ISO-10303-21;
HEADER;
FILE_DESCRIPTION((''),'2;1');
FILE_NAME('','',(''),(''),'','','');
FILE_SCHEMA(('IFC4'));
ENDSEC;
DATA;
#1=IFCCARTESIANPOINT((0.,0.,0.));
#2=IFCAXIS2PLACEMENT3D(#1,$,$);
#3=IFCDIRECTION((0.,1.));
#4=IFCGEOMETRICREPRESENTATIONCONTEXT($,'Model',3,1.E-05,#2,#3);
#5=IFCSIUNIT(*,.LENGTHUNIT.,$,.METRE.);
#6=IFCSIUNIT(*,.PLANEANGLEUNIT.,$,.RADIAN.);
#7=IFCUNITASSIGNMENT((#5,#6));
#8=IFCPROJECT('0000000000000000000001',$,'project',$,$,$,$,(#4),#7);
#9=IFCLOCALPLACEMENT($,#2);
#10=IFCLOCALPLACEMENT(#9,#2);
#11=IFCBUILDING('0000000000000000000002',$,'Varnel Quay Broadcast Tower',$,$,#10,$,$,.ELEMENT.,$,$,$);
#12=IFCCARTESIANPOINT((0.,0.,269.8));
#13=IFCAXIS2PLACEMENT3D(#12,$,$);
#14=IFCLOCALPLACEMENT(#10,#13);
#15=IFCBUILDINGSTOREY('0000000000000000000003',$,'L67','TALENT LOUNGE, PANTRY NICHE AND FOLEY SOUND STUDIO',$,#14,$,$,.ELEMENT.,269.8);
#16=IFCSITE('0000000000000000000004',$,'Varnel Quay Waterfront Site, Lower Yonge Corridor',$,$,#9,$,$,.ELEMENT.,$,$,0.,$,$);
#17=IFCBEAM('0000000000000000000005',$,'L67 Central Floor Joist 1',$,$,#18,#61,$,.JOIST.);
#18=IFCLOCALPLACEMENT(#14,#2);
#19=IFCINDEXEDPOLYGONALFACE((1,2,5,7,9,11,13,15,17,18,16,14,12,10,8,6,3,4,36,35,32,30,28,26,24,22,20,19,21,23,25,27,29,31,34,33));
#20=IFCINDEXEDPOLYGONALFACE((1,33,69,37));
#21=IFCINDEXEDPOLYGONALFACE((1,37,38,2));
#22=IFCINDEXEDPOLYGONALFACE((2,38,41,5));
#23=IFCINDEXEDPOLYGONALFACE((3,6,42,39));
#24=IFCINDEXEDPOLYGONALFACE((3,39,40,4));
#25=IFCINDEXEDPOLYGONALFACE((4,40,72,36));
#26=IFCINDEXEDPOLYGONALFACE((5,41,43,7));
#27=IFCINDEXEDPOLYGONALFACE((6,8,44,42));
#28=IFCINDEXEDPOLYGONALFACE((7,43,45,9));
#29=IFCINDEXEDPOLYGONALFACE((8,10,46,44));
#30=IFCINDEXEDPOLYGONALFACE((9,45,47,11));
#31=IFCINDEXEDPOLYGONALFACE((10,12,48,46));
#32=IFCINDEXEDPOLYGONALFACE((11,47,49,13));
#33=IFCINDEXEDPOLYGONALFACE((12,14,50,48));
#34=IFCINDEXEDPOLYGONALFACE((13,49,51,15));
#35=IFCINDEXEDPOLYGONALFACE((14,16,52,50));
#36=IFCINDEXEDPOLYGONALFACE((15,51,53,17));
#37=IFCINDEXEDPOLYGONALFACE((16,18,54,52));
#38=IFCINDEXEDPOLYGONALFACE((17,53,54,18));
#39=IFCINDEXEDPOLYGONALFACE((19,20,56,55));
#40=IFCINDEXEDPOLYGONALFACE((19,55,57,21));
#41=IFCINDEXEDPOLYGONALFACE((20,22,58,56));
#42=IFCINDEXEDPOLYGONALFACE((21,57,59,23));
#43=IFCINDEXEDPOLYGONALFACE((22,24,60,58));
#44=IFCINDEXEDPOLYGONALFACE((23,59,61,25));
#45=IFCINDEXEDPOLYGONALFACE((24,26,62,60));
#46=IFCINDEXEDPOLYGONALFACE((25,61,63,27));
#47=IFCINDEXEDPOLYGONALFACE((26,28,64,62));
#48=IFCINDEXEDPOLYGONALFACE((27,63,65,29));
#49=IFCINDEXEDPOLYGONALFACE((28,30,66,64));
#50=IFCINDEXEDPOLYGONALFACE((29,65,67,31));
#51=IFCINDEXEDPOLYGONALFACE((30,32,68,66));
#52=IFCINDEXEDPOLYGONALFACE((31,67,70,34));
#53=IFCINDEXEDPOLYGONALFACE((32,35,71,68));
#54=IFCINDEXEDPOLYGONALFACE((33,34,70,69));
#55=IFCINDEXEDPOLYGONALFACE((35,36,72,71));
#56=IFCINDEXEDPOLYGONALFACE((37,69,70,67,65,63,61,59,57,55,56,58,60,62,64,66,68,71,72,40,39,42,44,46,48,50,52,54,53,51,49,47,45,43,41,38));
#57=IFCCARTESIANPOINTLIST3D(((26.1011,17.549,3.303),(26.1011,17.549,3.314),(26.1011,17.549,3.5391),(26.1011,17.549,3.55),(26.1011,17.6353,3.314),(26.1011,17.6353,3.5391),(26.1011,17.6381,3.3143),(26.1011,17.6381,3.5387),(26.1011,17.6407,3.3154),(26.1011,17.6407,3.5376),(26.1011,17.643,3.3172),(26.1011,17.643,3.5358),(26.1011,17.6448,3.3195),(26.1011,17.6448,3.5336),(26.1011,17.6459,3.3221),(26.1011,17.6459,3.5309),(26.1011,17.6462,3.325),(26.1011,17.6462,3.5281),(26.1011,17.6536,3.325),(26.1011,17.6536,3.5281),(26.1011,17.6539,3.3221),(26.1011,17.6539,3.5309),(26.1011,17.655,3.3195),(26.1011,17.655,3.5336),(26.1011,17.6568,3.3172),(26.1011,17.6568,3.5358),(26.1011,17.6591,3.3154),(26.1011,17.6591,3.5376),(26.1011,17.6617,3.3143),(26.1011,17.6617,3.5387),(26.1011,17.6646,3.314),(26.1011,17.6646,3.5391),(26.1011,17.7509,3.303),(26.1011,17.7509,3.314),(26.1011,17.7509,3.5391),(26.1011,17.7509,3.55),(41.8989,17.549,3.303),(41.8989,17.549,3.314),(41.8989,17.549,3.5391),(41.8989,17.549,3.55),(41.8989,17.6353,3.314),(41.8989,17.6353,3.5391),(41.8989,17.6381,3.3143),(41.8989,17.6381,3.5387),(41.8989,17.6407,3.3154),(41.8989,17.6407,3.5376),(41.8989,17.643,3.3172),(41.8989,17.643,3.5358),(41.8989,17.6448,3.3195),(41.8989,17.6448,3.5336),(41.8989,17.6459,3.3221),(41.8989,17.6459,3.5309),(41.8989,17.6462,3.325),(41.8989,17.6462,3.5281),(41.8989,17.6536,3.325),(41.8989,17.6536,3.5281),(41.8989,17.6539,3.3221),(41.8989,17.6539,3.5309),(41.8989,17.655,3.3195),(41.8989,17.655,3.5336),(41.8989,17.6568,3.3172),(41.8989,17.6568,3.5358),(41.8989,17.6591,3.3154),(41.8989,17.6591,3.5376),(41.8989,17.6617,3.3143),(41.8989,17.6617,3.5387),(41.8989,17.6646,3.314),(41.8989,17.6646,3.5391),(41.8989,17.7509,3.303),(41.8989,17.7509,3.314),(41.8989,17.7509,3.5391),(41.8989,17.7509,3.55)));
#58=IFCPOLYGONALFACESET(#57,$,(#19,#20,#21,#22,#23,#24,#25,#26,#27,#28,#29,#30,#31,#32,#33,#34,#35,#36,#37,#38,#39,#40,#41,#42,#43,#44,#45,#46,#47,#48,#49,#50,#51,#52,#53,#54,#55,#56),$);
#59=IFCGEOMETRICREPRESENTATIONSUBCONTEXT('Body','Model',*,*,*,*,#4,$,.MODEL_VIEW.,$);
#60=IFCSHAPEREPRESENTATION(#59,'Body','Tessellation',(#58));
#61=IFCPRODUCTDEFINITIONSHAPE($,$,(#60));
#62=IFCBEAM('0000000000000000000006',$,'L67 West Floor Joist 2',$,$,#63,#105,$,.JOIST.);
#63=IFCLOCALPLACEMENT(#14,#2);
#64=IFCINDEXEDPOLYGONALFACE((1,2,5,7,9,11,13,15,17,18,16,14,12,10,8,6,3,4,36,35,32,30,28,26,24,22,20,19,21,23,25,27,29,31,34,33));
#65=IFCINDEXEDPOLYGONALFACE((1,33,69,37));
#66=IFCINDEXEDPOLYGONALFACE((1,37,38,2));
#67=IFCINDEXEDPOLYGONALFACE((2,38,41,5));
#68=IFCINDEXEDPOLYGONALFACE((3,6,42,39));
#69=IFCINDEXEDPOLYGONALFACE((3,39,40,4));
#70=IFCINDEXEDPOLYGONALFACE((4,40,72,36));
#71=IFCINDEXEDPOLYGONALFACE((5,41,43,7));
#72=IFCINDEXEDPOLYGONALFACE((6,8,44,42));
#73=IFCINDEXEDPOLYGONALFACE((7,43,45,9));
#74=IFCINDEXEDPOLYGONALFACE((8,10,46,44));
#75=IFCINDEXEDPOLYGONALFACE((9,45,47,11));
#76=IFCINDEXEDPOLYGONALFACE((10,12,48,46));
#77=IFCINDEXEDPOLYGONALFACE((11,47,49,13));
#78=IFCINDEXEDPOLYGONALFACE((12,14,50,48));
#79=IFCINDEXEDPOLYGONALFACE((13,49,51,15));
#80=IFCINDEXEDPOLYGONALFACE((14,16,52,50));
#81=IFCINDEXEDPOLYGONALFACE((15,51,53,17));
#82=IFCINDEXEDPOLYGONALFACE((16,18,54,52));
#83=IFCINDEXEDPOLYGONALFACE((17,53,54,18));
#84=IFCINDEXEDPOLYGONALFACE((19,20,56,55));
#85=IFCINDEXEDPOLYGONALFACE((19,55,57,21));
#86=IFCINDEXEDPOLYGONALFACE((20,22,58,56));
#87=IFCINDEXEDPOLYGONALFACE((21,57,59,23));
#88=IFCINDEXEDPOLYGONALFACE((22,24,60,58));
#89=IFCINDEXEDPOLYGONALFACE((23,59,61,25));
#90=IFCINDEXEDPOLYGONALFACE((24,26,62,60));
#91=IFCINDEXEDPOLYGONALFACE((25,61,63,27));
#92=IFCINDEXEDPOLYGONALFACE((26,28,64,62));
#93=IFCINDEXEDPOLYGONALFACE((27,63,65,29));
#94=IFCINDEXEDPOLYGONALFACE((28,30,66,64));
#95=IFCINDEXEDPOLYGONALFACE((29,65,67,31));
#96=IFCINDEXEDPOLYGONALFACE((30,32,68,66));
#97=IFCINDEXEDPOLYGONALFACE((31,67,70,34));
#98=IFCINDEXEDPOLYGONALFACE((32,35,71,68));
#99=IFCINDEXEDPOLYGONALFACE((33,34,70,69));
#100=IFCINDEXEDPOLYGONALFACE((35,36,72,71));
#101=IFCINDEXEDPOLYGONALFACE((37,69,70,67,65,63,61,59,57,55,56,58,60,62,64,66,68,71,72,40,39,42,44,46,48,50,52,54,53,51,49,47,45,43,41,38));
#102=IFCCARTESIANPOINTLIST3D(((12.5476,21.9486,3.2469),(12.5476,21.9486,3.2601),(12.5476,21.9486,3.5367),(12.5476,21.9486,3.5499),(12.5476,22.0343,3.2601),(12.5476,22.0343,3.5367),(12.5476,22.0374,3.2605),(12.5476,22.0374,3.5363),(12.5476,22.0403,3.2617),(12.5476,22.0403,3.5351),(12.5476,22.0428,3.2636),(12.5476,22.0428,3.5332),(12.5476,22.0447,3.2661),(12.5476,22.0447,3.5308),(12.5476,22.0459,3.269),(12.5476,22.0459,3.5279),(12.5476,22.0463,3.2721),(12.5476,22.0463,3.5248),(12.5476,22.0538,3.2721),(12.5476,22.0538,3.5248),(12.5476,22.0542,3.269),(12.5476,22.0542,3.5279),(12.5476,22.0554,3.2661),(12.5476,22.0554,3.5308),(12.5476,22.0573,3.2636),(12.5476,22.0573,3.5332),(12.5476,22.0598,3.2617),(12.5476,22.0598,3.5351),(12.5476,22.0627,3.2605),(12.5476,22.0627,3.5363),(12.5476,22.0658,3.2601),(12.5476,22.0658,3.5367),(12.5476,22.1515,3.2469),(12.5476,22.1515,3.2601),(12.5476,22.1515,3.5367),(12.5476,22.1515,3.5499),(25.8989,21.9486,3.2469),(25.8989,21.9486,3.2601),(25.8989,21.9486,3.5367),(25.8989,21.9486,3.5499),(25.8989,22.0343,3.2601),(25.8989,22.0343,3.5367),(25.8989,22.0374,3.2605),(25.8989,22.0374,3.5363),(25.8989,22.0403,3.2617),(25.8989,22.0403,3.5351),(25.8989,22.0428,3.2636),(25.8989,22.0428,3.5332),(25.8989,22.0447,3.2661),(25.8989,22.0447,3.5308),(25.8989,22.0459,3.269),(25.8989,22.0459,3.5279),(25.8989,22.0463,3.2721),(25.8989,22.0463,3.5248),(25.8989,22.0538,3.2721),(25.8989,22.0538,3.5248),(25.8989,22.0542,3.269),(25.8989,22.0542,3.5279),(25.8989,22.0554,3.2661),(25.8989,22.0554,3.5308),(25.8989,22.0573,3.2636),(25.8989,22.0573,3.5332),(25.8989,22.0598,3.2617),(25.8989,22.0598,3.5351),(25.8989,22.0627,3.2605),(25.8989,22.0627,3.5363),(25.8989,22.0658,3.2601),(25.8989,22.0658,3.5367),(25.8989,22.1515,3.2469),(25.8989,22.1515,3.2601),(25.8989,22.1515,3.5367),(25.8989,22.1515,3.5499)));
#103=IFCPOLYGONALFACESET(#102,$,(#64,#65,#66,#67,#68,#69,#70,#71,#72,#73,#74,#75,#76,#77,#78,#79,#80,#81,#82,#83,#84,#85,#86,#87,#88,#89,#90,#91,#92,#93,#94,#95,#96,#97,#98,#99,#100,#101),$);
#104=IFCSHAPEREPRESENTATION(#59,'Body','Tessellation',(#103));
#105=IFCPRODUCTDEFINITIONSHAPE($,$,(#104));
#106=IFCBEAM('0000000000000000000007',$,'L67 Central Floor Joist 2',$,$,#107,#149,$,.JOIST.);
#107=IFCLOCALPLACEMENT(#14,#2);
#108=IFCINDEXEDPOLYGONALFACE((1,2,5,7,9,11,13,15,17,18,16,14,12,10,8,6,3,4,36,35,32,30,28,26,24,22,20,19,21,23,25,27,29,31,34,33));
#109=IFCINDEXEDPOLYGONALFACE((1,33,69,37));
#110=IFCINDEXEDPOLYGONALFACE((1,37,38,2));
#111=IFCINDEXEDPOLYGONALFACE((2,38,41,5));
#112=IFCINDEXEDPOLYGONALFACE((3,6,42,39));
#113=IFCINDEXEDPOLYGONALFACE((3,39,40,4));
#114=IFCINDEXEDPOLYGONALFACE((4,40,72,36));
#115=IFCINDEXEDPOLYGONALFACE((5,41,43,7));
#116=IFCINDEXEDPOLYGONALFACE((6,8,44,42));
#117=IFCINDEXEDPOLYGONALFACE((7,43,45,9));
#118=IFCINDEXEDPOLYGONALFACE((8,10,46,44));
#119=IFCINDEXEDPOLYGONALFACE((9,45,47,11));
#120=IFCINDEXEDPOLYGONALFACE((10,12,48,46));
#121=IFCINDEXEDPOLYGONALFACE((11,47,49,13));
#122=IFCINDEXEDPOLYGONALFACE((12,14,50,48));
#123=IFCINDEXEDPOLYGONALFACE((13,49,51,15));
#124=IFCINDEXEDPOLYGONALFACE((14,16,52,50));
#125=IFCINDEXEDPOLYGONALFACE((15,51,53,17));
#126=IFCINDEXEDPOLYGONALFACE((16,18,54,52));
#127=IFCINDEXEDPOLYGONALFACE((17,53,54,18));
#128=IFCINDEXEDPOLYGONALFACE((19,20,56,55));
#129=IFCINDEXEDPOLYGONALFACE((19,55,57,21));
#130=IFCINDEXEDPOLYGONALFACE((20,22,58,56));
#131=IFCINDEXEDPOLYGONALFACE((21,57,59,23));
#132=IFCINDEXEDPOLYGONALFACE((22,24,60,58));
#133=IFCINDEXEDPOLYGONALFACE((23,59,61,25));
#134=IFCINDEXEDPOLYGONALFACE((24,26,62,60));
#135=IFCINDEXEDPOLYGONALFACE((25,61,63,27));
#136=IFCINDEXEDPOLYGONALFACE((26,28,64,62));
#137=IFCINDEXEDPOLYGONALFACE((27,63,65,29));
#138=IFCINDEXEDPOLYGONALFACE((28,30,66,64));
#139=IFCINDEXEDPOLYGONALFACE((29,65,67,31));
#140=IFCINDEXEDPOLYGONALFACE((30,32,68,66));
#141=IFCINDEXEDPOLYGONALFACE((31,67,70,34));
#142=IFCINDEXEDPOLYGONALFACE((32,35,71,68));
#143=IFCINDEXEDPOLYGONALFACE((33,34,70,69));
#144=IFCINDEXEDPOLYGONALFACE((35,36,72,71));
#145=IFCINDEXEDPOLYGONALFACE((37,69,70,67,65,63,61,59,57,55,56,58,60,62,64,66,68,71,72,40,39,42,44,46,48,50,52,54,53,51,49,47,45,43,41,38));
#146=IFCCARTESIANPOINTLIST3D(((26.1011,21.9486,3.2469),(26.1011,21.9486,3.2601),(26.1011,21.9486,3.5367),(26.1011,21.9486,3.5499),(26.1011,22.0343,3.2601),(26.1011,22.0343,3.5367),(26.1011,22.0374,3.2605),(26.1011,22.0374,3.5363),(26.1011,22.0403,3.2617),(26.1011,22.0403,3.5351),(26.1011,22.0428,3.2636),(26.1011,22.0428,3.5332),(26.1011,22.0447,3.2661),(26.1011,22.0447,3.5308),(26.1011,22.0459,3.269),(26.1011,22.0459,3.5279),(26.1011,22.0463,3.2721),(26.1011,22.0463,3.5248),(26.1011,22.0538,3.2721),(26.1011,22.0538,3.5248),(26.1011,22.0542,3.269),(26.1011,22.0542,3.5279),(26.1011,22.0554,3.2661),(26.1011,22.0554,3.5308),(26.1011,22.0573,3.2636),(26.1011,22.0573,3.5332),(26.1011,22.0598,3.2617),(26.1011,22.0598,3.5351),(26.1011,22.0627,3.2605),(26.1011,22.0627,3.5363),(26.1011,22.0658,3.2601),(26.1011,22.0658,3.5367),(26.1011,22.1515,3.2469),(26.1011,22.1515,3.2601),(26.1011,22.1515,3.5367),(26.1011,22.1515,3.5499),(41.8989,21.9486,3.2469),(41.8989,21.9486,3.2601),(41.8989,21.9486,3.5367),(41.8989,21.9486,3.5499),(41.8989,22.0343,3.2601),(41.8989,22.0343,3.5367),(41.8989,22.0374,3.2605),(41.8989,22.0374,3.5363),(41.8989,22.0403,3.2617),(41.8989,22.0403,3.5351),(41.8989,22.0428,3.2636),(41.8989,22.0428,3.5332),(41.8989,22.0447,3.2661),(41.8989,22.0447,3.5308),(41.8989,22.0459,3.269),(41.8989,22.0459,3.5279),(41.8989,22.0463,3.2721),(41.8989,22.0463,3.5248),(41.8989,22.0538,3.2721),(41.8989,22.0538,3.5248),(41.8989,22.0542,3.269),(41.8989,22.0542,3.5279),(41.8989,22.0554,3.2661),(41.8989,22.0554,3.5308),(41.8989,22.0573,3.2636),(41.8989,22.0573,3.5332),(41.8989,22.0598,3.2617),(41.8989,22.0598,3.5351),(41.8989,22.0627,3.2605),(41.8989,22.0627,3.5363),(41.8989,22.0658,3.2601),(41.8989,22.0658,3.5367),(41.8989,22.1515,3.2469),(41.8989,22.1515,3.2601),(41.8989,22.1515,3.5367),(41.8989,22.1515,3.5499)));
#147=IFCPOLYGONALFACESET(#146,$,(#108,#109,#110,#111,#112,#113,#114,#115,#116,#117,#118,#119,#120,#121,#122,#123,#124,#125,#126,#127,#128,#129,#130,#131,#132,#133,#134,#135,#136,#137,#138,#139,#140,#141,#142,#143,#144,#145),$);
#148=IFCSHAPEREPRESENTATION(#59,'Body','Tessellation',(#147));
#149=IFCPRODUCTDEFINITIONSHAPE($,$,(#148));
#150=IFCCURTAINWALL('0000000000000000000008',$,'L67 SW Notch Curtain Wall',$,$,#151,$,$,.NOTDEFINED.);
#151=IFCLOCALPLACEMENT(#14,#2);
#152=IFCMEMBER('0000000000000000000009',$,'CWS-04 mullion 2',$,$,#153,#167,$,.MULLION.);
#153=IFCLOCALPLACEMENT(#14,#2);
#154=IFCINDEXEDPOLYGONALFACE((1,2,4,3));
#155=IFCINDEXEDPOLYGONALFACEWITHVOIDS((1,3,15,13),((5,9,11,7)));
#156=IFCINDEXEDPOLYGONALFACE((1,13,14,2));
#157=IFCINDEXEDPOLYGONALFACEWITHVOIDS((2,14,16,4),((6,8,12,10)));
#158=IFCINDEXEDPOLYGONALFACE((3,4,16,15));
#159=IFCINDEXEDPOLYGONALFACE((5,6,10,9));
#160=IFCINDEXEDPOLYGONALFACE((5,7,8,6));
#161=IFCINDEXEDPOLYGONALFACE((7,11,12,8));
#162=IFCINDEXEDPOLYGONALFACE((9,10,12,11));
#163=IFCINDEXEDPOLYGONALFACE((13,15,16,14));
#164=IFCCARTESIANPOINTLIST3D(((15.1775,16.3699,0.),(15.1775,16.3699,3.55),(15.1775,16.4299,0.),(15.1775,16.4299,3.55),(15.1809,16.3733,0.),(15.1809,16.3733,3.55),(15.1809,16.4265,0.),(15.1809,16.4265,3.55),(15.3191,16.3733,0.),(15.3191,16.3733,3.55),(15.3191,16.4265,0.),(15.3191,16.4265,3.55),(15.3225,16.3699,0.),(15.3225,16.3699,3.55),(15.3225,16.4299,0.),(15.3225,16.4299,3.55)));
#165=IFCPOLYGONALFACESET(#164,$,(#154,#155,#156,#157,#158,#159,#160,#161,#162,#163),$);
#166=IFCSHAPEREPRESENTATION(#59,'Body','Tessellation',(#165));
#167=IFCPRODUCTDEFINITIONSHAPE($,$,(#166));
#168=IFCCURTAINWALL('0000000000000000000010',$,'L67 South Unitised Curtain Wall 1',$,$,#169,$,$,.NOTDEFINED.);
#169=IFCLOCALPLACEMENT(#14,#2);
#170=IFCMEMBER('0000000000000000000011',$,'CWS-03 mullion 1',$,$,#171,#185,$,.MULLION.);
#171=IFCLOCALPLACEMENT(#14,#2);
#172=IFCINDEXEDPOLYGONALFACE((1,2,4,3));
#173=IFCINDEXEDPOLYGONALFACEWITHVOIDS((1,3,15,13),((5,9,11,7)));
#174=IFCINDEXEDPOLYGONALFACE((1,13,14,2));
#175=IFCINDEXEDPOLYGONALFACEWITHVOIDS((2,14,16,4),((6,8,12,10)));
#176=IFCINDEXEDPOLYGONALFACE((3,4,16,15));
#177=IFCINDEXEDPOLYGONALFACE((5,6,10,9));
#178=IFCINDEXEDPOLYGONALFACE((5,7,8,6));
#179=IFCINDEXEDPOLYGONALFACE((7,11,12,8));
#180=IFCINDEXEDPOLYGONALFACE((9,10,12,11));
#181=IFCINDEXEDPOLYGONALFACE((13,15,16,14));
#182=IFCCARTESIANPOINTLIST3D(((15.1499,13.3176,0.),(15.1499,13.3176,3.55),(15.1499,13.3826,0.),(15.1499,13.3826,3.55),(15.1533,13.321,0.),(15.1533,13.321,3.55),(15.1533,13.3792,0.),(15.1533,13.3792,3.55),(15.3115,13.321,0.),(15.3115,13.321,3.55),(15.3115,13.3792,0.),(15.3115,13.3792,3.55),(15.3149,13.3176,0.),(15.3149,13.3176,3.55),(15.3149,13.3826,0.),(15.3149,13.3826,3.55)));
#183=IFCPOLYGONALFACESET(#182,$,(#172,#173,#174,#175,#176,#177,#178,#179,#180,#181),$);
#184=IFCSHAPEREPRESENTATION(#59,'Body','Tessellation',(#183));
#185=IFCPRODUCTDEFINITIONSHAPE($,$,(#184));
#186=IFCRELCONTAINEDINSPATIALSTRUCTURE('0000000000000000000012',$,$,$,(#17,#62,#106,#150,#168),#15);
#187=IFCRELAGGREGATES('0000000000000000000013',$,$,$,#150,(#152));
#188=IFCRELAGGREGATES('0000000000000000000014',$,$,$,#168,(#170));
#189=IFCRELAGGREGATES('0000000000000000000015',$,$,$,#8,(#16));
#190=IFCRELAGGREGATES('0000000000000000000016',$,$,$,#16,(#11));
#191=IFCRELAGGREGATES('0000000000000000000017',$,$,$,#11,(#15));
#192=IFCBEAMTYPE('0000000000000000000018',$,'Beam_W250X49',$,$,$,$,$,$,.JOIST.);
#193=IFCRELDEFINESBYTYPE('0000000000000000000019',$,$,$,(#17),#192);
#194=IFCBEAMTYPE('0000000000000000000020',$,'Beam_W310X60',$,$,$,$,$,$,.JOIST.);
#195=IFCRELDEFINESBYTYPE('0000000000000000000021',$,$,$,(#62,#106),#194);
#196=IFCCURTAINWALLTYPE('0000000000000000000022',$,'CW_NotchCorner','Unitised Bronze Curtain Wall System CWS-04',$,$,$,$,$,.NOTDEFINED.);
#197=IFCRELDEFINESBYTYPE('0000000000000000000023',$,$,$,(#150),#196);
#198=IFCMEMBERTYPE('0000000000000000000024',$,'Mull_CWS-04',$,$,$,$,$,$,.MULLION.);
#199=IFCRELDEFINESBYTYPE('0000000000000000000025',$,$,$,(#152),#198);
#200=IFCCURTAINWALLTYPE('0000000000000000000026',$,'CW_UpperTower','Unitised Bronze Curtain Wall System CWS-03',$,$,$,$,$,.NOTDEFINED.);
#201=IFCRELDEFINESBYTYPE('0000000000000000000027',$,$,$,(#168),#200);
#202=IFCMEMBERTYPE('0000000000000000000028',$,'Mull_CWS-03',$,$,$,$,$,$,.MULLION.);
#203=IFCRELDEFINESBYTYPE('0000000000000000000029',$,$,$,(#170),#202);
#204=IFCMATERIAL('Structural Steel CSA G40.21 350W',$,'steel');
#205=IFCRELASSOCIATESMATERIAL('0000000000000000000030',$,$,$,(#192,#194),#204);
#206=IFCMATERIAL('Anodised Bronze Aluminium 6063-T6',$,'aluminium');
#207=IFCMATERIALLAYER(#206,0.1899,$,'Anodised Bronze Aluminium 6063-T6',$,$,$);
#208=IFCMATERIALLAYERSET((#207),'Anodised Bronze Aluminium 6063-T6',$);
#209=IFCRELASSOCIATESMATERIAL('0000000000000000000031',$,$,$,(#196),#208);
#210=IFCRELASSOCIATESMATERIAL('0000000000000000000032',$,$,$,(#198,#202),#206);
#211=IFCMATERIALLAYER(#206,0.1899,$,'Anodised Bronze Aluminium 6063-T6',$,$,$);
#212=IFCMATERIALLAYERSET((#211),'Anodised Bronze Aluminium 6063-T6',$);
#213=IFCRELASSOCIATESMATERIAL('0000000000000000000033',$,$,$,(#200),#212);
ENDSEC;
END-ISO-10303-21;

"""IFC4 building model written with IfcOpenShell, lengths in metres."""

from ifc_helpers import new_model, si_unit, direction, frame, origin, origin_2d, place, context, subcontext, project, spatial, hollow_rectangle, i_section, extrude, source, transform, mapped, material, layer, layer_set, material_profile, profile_set, type_object, type_shapes, element, aggregate, save


model = new_model("IFC4")

# Units and contexts
model_context = context("Model", 3, precision=1e-05, world=origin(), true_north=direction((0.0, 1.0)))
body_context = subcontext(model_context, "Body", "Model", "MODEL_VIEW")
ifc_project = project(units=[si_unit("LENGTHUNIT", "METRE"), si_unit("PLANEANGLEUNIT", "RADIAN")], contexts=[model_context])

# Site, building, storey
site_placement = place(None, origin())
site = spatial("IfcSite", under=ifc_project, at=site_placement, Name="Varnel Quay Waterfront Site, Lower Yonge Corridor", CompositionType="ELEMENT", RefElevation=0.0)
building_placement = place(site_placement, origin())
building = spatial("IfcBuilding", under=site, at=building_placement, Name="Varnel Quay Broadcast Tower", CompositionType="ELEMENT")
storey_placement = place(building_placement, frame((0.0, 0.0, 269.8)))
storey = spatial("IfcBuildingStorey", under=building, at=storey_placement, Name="L67", Description="TALENT LOUNGE, PANTRY NICHE AND FOLEY SOUND STUDIO", CompositionType="ELEMENT", Elevation=269.8)

# Shared definitions
ifc_material_1 = material(Name="Structural Steel CSA G40.21 350W", Category="steel")

# Beams
ifc_material_profile_1 = material_profile(ifc_material_1, i_section(OverallWidth=0.2019, OverallDepth=0.2471, WebThickness=0.0073, FlangeThickness=0.011, FilletRadius=0.011, at=origin_2d()), Name="W250X49")
ifc_profile_set_1 = profile_set([ifc_material_profile_1], Name="Structural Steel CSA G40.21 350W")
beam_type_1 = type_object("IfcBeamType", Name="Beam_W250X49", PredefinedType="JOIST", material=ifc_profile_set_1)
shared_shape_1 = source(origin(), body_context, "Body", "SweptSolid", [
    extrude(i_section(OverallWidth=0.2019, OverallDepth=0.2471, WebThickness=0.0073, FlangeThickness=0.011, FilletRadius=0.011, at=origin_2d()), origin(), (0.0, 0.0, 1.0), 15.7979),
])
type_shapes(beam_type_1, [shared_shape_1])
beam_1_placement = place(storey_placement, frame((26.1011, 17.6499, 3.4265), z_axis=(1.0, 0.0, 0.0), x_axis=(0.0, 1.0, 0.0)))
element("IfcBeam", 1, at=beam_1_placement, inside=storey, type_object=beam_type_1, Name="L67 Central Floor Joist 1", PredefinedType="JOIST", context=body_context, shape_type="MappedRepresentation", body=[
    mapped(shared_shape_1, transform((0.0, 0.0, 0.0), x_axis=(1.0, 0.0, 0.0), y_axis=(0.0, 1.0, 0.0), z_axis=(0.0, 0.0, 1.0), scale=1.0)),
])
ifc_material_profile_2 = material_profile(ifc_material_1, i_section(OverallWidth=0.2029, OverallDepth=0.303, WebThickness=0.0076, FlangeThickness=0.0132, FilletRadius=0.012, at=origin_2d()), Name="W310X60")
ifc_profile_set_2 = profile_set([ifc_material_profile_2], Name="Structural Steel CSA G40.21 350W")
beam_type_2 = type_object("IfcBeamType", Name="Beam_W310X60", PredefinedType="JOIST", material=ifc_profile_set_2)
shared_shape_2 = source(origin(), body_context, "Body", "SweptSolid", [
    extrude(i_section(OverallWidth=0.2029, OverallDepth=0.303, WebThickness=0.0076, FlangeThickness=0.0132, FilletRadius=0.012, at=origin_2d()), origin(), (0.0, 0.0, 1.0), 13.3513),
])
beam_2_placement = place(storey_placement, frame((12.5476, 22.05, 3.3984), z_axis=(1.0, 0.0, 0.0), x_axis=(0.0, 1.0, 0.0)))
element("IfcBeam", 2, at=beam_2_placement, inside=storey, type_object=beam_type_2, Name="L67 West Floor Joist 2", PredefinedType="JOIST", context=body_context, shape_type="MappedRepresentation", body=[
    mapped(shared_shape_2, transform((0.0, 0.0, 0.0), x_axis=(1.0, 0.0, 0.0), y_axis=(0.0, 1.0, 0.0), z_axis=(0.0, 0.0, 1.0), scale=1.0)),
])
shared_shape_3 = source(origin(), body_context, "Body", "SweptSolid", [
    extrude(i_section(OverallWidth=0.2029, OverallDepth=0.303, WebThickness=0.0076, FlangeThickness=0.0132, FilletRadius=0.012, at=origin_2d()), origin(), (0.0, 0.0, 1.0), 15.7979),
])
type_shapes(beam_type_2, [shared_shape_2, shared_shape_3])
beam_3_placement = place(storey_placement, frame((26.1011, 22.05, 3.3984), z_axis=(1.0, 0.0, 0.0), x_axis=(0.0, 1.0, 0.0)))
element("IfcBeam", 3, at=beam_3_placement, inside=storey, type_object=beam_type_2, Name="L67 Central Floor Joist 2", PredefinedType="JOIST", context=body_context, shape_type="MappedRepresentation", body=[
    mapped(shared_shape_3, transform((0.0, 0.0, 0.0), x_axis=(1.0, 0.0, 0.0), y_axis=(0.0, 1.0, 0.0), z_axis=(0.0, 0.0, 1.0), scale=1.0)),
])

# Curtain wall, member
ifc_material_2 = material(Name="Anodised Bronze Aluminium 6063-T6", Category="aluminium")
ifc_layer_1 = layer(ifc_material_2, 0.1899, Name="Anodised Bronze Aluminium 6063-T6")
ifc_layer_set_1 = layer_set([ifc_layer_1], Name="Anodised Bronze Aluminium 6063-T6")
curtain_wall_type_1 = type_object("IfcCurtainWallType", Name="CW_NotchCorner", Description="Unitised Bronze Curtain Wall System CWS-04", PredefinedType="NOTDEFINED", material=ifc_layer_set_1)
curtain_wall_1_placement = place(storey_placement, origin())
curtain_wall_1 = element("IfcCurtainWall", 4, at=curtain_wall_1_placement, inside=storey, type_object=curtain_wall_type_1, Name="L67 SW Notch Curtain Wall", PredefinedType="NOTDEFINED")
ifc_material_profile_3 = material_profile(ifc_material_2, hollow_rectangle(XDim=0.0601, YDim=0.145, WallThickness=0.0034, at=origin_2d()), Name="ALU60X145X3.5")
ifc_profile_set_3 = profile_set([ifc_material_profile_3], Name="Anodised Bronze Aluminium 6063-T6")
member_type_1 = type_object("IfcMemberType", Name="Mull_CWS-04", PredefinedType="MULLION", material=ifc_profile_set_3)
shared_shape_4 = source(origin(), body_context, "Body", "SweptSolid", [
    extrude(hollow_rectangle(XDim=0.0601, YDim=0.145, WallThickness=0.0034, at=origin_2d()), origin(), (0.0, 0.0, 1.0), 3.55),
])
type_shapes(member_type_1, [shared_shape_4])
member_1_placement = place(storey_placement, frame((15.25, 16.3999, 0.0), z_axis=(0.0, 0.0, 1.0), x_axis=(0.0, 1.0, 0.0)))
member_1 = element("IfcMember", 5, at=member_1_placement, type_object=member_type_1, Name="CWS-04 mullion 2", PredefinedType="MULLION", context=body_context, shape_type="MappedRepresentation", body=[
    mapped(shared_shape_4, transform((0.0, 0.0, 0.0), x_axis=(1.0, 0.0, 0.0), y_axis=(0.0, 1.0, 0.0), z_axis=(0.0, 0.0, 1.0), scale=1.0)),
])

# Curtain wall, member
ifc_layer_2 = layer(ifc_material_2, 0.1899, Name="Anodised Bronze Aluminium 6063-T6")
ifc_layer_set_2 = layer_set([ifc_layer_2], Name="Anodised Bronze Aluminium 6063-T6")
curtain_wall_type_2 = type_object("IfcCurtainWallType", Name="CW_UpperTower", Description="Unitised Bronze Curtain Wall System CWS-03", PredefinedType="NOTDEFINED", material=ifc_layer_set_2)
curtain_wall_2_placement = place(storey_placement, origin())
curtain_wall_2 = element("IfcCurtainWall", 6, at=curtain_wall_2_placement, inside=storey, type_object=curtain_wall_type_2, Name="L67 South Unitised Curtain Wall 1", PredefinedType="NOTDEFINED")
ifc_material_profile_4 = material_profile(ifc_material_2, hollow_rectangle(XDim=0.0649, YDim=0.165, WallThickness=0.0034, at=origin_2d()), Name="ALU65X165X3.5")
ifc_profile_set_4 = profile_set([ifc_material_profile_4], Name="Anodised Bronze Aluminium 6063-T6")
member_type_2 = type_object("IfcMemberType", Name="Mull_CWS-03", PredefinedType="MULLION", material=ifc_profile_set_4)
shared_shape_5 = source(origin(), body_context, "Body", "SweptSolid", [
    extrude(hollow_rectangle(XDim=0.0649, YDim=0.165, WallThickness=0.0034, at=origin_2d()), origin(), (0.0, 0.0, 1.0), 3.55),
])
type_shapes(member_type_2, [shared_shape_5])
member_2_placement = place(storey_placement, frame((15.2324, 13.3501, 0.0), z_axis=(0.0, 0.0, 1.0), x_axis=(0.0, 1.0, 0.0)))
member_2 = element("IfcMember", 7, at=member_2_placement, type_object=member_type_2, Name="CWS-03 mullion 1", PredefinedType="MULLION", context=body_context, shape_type="MappedRepresentation", body=[
    mapped(shared_shape_5, transform((0.0, 0.0, 0.0), x_axis=(1.0, 0.0, 0.0), y_axis=(0.0, 1.0, 0.0), z_axis=(0.0, 0.0, 1.0), scale=1.0)),
])

aggregate(curtain_wall_1, [member_1])
aggregate(curtain_wall_2, [member_2])

save(model, "model.ifc")
